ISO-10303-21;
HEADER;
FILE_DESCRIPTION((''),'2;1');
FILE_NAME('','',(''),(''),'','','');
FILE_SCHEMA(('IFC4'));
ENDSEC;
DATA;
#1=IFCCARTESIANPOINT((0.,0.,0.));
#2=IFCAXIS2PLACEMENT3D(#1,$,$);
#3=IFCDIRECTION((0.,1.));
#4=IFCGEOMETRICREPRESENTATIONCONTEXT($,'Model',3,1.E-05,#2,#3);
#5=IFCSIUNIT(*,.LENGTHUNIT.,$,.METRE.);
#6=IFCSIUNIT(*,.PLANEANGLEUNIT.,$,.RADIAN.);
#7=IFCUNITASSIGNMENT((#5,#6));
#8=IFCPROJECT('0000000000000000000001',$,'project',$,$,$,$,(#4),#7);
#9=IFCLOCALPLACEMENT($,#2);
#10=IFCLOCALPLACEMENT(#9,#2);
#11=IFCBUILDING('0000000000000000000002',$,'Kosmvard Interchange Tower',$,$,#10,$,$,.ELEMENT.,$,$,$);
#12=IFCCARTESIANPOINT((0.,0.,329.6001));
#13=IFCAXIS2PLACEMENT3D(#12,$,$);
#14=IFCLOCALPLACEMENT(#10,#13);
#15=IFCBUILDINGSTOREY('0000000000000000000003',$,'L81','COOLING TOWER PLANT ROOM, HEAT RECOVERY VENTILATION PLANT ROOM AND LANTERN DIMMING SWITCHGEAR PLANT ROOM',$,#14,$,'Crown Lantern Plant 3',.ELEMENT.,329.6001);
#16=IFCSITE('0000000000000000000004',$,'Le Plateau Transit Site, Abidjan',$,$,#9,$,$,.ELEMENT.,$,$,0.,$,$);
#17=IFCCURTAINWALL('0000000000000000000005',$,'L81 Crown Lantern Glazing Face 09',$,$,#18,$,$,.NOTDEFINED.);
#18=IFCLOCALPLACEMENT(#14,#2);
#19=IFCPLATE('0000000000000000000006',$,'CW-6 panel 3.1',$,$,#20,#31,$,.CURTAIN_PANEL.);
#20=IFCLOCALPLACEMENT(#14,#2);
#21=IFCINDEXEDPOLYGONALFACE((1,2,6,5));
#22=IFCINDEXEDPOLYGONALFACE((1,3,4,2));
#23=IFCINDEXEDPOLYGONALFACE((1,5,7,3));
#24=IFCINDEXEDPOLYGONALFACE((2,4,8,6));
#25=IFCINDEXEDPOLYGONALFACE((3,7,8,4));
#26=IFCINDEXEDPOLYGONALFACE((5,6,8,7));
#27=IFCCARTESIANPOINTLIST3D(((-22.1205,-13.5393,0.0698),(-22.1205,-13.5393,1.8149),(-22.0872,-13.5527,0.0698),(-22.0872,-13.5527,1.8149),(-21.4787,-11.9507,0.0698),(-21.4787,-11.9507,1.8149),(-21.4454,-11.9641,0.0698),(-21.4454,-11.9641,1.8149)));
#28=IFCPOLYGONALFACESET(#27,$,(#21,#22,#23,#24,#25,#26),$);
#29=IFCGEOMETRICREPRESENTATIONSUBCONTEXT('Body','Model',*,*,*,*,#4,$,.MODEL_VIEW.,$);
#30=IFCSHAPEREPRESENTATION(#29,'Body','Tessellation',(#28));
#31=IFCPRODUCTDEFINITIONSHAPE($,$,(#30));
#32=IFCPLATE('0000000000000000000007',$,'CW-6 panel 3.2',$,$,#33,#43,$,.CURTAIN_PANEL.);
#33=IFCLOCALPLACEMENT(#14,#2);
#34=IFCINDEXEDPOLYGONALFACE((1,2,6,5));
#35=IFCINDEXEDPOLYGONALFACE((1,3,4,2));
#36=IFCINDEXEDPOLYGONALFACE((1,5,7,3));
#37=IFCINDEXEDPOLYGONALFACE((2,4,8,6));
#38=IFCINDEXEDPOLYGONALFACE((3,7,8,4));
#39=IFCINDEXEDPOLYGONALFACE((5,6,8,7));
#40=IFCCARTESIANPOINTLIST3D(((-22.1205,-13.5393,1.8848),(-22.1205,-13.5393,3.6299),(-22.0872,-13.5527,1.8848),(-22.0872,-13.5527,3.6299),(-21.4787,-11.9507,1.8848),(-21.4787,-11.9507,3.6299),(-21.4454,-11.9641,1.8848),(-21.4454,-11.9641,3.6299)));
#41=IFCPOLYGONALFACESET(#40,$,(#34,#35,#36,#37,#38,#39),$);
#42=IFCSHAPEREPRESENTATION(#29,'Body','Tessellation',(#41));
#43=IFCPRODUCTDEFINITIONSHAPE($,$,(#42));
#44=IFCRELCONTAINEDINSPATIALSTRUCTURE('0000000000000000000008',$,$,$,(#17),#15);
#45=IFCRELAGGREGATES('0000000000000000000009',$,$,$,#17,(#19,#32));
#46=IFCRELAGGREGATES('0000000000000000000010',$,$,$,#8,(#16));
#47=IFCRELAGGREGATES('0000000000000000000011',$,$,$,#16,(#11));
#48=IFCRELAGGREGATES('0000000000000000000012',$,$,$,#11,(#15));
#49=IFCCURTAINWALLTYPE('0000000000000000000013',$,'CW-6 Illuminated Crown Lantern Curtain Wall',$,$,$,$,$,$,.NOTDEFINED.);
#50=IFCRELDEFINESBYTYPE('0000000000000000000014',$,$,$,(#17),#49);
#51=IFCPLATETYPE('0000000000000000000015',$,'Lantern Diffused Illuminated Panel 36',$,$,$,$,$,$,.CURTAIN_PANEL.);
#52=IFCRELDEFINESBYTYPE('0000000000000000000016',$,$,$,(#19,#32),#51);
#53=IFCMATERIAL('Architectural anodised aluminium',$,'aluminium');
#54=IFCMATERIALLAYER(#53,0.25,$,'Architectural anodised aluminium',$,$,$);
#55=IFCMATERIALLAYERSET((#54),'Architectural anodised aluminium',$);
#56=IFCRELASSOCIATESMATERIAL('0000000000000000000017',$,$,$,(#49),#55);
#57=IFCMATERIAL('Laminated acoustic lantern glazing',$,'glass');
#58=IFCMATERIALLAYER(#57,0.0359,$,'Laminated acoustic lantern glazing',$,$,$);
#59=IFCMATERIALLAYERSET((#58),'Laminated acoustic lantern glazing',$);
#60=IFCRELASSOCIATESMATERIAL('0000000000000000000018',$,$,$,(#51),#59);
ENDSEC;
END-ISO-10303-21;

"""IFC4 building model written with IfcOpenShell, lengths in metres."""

from ifc_helpers import new_model, si_unit, direction, frame, origin, origin_2d, place, context, subcontext, project, spatial, rectangle, extrude, source, transform, mapped, material, layer, layer_set, type_object, element, aggregate, save


model = new_model("IFC4")

# Units and contexts
model_context = context("Model", 3, precision=1e-05, world=origin(), true_north=direction((0.0, 1.0)))
body_context = subcontext(model_context, "Body", "Model", "MODEL_VIEW")
ifc_project = project(units=[si_unit("LENGTHUNIT", "METRE"), si_unit("PLANEANGLEUNIT", "RADIAN")], contexts=[model_context])

# Site, building, storey
site_placement = place(None, origin())
site = spatial("IfcSite", under=ifc_project, at=site_placement, Name="Le Plateau Transit Site, Abidjan", CompositionType="ELEMENT", RefElevation=0.0)
building_placement = place(site_placement, origin())
building = spatial("IfcBuilding", under=site, at=building_placement, Name="Kosmvard Interchange Tower", CompositionType="ELEMENT")
storey_placement = place(building_placement, frame((0.0, 0.0, 329.6001)))
storey = spatial("IfcBuildingStorey", under=building, at=storey_placement, Name="L81", Description="COOLING TOWER PLANT ROOM, HEAT RECOVERY VENTILATION PLANT ROOM AND LANTERN DIMMING SWITCHGEAR PLANT ROOM", LongName="Crown Lantern Plant 3", CompositionType="ELEMENT", Elevation=329.6001)

# Curtain wall
ifc_material_1 = material(Name="Architectural anodised aluminium", Category="aluminium")
ifc_layer_1 = layer(ifc_material_1, 0.25, Name="Architectural anodised aluminium")
ifc_layer_set_1 = layer_set([ifc_layer_1], Name="Architectural anodised aluminium")
curtain_wall_type = type_object("IfcCurtainWallType", Name="CW-6 Illuminated Crown Lantern Curtain Wall", PredefinedType="NOTDEFINED", material=ifc_layer_set_1)
curtain_wall_1_placement = place(storey_placement, origin())
curtain_wall_1 = element("IfcCurtainWall", 1, at=curtain_wall_1_placement, inside=storey, type_object=curtain_wall_type, Name="L81 Crown Lantern Glazing Face 09", PredefinedType="NOTDEFINED")

# Shared definitions
ifc_material_2 = material(Name="Laminated acoustic lantern glazing", Category="glass")
ifc_layer_2 = layer(ifc_material_2, 0.0359, Name="Laminated acoustic lantern glazing")
ifc_layer_set_2 = layer_set([ifc_layer_2], Name="Laminated acoustic lantern glazing")
plate_type = type_object("IfcPlateType", Name="Lantern Diffused Illuminated Panel 36", PredefinedType="CURTAIN_PANEL", material=ifc_layer_set_2)

# Plates
shared_shape_1 = source(origin(), body_context, "Body", "SweptSolid", [
    extrude(rectangle(XDim=1.7134, YDim=0.0359, at=origin_2d()), origin(), (0.0, 0.0, 1.0), 1.7451),
])
plate_1_placement = place(storey_placement, frame((-21.783, -12.7517, 0.0698), z_axis=(0.0, 0.0, 1.0), x_axis=(-0.374607, -0.927184, 0.0)))
plate_1 = element("IfcPlate", 2, at=plate_1_placement, type_object=plate_type, Name="CW-6 panel 3.1", PredefinedType="CURTAIN_PANEL", context=body_context, shape_type="MappedRepresentation", body=[
    mapped(shared_shape_1, transform((0.0, 0.0, 0.0), scale=1.0)),
])
plate_2_placement = place(storey_placement, frame((-21.783, -12.7517, 1.8848), z_axis=(0.0, 0.0, 1.0), x_axis=(-0.374607, -0.927184, 0.0)))
plate_2 = element("IfcPlate", 3, at=plate_2_placement, type_object=plate_type, Name="CW-6 panel 3.2", PredefinedType="CURTAIN_PANEL", context=body_context, shape_type="MappedRepresentation", body=[
    mapped(shared_shape_1, transform((0.0, 0.0, 0.0), scale=1.0)),
])
aggregate(curtain_wall_1, [plate_1, plate_2])

save(model, "model.ifc")
